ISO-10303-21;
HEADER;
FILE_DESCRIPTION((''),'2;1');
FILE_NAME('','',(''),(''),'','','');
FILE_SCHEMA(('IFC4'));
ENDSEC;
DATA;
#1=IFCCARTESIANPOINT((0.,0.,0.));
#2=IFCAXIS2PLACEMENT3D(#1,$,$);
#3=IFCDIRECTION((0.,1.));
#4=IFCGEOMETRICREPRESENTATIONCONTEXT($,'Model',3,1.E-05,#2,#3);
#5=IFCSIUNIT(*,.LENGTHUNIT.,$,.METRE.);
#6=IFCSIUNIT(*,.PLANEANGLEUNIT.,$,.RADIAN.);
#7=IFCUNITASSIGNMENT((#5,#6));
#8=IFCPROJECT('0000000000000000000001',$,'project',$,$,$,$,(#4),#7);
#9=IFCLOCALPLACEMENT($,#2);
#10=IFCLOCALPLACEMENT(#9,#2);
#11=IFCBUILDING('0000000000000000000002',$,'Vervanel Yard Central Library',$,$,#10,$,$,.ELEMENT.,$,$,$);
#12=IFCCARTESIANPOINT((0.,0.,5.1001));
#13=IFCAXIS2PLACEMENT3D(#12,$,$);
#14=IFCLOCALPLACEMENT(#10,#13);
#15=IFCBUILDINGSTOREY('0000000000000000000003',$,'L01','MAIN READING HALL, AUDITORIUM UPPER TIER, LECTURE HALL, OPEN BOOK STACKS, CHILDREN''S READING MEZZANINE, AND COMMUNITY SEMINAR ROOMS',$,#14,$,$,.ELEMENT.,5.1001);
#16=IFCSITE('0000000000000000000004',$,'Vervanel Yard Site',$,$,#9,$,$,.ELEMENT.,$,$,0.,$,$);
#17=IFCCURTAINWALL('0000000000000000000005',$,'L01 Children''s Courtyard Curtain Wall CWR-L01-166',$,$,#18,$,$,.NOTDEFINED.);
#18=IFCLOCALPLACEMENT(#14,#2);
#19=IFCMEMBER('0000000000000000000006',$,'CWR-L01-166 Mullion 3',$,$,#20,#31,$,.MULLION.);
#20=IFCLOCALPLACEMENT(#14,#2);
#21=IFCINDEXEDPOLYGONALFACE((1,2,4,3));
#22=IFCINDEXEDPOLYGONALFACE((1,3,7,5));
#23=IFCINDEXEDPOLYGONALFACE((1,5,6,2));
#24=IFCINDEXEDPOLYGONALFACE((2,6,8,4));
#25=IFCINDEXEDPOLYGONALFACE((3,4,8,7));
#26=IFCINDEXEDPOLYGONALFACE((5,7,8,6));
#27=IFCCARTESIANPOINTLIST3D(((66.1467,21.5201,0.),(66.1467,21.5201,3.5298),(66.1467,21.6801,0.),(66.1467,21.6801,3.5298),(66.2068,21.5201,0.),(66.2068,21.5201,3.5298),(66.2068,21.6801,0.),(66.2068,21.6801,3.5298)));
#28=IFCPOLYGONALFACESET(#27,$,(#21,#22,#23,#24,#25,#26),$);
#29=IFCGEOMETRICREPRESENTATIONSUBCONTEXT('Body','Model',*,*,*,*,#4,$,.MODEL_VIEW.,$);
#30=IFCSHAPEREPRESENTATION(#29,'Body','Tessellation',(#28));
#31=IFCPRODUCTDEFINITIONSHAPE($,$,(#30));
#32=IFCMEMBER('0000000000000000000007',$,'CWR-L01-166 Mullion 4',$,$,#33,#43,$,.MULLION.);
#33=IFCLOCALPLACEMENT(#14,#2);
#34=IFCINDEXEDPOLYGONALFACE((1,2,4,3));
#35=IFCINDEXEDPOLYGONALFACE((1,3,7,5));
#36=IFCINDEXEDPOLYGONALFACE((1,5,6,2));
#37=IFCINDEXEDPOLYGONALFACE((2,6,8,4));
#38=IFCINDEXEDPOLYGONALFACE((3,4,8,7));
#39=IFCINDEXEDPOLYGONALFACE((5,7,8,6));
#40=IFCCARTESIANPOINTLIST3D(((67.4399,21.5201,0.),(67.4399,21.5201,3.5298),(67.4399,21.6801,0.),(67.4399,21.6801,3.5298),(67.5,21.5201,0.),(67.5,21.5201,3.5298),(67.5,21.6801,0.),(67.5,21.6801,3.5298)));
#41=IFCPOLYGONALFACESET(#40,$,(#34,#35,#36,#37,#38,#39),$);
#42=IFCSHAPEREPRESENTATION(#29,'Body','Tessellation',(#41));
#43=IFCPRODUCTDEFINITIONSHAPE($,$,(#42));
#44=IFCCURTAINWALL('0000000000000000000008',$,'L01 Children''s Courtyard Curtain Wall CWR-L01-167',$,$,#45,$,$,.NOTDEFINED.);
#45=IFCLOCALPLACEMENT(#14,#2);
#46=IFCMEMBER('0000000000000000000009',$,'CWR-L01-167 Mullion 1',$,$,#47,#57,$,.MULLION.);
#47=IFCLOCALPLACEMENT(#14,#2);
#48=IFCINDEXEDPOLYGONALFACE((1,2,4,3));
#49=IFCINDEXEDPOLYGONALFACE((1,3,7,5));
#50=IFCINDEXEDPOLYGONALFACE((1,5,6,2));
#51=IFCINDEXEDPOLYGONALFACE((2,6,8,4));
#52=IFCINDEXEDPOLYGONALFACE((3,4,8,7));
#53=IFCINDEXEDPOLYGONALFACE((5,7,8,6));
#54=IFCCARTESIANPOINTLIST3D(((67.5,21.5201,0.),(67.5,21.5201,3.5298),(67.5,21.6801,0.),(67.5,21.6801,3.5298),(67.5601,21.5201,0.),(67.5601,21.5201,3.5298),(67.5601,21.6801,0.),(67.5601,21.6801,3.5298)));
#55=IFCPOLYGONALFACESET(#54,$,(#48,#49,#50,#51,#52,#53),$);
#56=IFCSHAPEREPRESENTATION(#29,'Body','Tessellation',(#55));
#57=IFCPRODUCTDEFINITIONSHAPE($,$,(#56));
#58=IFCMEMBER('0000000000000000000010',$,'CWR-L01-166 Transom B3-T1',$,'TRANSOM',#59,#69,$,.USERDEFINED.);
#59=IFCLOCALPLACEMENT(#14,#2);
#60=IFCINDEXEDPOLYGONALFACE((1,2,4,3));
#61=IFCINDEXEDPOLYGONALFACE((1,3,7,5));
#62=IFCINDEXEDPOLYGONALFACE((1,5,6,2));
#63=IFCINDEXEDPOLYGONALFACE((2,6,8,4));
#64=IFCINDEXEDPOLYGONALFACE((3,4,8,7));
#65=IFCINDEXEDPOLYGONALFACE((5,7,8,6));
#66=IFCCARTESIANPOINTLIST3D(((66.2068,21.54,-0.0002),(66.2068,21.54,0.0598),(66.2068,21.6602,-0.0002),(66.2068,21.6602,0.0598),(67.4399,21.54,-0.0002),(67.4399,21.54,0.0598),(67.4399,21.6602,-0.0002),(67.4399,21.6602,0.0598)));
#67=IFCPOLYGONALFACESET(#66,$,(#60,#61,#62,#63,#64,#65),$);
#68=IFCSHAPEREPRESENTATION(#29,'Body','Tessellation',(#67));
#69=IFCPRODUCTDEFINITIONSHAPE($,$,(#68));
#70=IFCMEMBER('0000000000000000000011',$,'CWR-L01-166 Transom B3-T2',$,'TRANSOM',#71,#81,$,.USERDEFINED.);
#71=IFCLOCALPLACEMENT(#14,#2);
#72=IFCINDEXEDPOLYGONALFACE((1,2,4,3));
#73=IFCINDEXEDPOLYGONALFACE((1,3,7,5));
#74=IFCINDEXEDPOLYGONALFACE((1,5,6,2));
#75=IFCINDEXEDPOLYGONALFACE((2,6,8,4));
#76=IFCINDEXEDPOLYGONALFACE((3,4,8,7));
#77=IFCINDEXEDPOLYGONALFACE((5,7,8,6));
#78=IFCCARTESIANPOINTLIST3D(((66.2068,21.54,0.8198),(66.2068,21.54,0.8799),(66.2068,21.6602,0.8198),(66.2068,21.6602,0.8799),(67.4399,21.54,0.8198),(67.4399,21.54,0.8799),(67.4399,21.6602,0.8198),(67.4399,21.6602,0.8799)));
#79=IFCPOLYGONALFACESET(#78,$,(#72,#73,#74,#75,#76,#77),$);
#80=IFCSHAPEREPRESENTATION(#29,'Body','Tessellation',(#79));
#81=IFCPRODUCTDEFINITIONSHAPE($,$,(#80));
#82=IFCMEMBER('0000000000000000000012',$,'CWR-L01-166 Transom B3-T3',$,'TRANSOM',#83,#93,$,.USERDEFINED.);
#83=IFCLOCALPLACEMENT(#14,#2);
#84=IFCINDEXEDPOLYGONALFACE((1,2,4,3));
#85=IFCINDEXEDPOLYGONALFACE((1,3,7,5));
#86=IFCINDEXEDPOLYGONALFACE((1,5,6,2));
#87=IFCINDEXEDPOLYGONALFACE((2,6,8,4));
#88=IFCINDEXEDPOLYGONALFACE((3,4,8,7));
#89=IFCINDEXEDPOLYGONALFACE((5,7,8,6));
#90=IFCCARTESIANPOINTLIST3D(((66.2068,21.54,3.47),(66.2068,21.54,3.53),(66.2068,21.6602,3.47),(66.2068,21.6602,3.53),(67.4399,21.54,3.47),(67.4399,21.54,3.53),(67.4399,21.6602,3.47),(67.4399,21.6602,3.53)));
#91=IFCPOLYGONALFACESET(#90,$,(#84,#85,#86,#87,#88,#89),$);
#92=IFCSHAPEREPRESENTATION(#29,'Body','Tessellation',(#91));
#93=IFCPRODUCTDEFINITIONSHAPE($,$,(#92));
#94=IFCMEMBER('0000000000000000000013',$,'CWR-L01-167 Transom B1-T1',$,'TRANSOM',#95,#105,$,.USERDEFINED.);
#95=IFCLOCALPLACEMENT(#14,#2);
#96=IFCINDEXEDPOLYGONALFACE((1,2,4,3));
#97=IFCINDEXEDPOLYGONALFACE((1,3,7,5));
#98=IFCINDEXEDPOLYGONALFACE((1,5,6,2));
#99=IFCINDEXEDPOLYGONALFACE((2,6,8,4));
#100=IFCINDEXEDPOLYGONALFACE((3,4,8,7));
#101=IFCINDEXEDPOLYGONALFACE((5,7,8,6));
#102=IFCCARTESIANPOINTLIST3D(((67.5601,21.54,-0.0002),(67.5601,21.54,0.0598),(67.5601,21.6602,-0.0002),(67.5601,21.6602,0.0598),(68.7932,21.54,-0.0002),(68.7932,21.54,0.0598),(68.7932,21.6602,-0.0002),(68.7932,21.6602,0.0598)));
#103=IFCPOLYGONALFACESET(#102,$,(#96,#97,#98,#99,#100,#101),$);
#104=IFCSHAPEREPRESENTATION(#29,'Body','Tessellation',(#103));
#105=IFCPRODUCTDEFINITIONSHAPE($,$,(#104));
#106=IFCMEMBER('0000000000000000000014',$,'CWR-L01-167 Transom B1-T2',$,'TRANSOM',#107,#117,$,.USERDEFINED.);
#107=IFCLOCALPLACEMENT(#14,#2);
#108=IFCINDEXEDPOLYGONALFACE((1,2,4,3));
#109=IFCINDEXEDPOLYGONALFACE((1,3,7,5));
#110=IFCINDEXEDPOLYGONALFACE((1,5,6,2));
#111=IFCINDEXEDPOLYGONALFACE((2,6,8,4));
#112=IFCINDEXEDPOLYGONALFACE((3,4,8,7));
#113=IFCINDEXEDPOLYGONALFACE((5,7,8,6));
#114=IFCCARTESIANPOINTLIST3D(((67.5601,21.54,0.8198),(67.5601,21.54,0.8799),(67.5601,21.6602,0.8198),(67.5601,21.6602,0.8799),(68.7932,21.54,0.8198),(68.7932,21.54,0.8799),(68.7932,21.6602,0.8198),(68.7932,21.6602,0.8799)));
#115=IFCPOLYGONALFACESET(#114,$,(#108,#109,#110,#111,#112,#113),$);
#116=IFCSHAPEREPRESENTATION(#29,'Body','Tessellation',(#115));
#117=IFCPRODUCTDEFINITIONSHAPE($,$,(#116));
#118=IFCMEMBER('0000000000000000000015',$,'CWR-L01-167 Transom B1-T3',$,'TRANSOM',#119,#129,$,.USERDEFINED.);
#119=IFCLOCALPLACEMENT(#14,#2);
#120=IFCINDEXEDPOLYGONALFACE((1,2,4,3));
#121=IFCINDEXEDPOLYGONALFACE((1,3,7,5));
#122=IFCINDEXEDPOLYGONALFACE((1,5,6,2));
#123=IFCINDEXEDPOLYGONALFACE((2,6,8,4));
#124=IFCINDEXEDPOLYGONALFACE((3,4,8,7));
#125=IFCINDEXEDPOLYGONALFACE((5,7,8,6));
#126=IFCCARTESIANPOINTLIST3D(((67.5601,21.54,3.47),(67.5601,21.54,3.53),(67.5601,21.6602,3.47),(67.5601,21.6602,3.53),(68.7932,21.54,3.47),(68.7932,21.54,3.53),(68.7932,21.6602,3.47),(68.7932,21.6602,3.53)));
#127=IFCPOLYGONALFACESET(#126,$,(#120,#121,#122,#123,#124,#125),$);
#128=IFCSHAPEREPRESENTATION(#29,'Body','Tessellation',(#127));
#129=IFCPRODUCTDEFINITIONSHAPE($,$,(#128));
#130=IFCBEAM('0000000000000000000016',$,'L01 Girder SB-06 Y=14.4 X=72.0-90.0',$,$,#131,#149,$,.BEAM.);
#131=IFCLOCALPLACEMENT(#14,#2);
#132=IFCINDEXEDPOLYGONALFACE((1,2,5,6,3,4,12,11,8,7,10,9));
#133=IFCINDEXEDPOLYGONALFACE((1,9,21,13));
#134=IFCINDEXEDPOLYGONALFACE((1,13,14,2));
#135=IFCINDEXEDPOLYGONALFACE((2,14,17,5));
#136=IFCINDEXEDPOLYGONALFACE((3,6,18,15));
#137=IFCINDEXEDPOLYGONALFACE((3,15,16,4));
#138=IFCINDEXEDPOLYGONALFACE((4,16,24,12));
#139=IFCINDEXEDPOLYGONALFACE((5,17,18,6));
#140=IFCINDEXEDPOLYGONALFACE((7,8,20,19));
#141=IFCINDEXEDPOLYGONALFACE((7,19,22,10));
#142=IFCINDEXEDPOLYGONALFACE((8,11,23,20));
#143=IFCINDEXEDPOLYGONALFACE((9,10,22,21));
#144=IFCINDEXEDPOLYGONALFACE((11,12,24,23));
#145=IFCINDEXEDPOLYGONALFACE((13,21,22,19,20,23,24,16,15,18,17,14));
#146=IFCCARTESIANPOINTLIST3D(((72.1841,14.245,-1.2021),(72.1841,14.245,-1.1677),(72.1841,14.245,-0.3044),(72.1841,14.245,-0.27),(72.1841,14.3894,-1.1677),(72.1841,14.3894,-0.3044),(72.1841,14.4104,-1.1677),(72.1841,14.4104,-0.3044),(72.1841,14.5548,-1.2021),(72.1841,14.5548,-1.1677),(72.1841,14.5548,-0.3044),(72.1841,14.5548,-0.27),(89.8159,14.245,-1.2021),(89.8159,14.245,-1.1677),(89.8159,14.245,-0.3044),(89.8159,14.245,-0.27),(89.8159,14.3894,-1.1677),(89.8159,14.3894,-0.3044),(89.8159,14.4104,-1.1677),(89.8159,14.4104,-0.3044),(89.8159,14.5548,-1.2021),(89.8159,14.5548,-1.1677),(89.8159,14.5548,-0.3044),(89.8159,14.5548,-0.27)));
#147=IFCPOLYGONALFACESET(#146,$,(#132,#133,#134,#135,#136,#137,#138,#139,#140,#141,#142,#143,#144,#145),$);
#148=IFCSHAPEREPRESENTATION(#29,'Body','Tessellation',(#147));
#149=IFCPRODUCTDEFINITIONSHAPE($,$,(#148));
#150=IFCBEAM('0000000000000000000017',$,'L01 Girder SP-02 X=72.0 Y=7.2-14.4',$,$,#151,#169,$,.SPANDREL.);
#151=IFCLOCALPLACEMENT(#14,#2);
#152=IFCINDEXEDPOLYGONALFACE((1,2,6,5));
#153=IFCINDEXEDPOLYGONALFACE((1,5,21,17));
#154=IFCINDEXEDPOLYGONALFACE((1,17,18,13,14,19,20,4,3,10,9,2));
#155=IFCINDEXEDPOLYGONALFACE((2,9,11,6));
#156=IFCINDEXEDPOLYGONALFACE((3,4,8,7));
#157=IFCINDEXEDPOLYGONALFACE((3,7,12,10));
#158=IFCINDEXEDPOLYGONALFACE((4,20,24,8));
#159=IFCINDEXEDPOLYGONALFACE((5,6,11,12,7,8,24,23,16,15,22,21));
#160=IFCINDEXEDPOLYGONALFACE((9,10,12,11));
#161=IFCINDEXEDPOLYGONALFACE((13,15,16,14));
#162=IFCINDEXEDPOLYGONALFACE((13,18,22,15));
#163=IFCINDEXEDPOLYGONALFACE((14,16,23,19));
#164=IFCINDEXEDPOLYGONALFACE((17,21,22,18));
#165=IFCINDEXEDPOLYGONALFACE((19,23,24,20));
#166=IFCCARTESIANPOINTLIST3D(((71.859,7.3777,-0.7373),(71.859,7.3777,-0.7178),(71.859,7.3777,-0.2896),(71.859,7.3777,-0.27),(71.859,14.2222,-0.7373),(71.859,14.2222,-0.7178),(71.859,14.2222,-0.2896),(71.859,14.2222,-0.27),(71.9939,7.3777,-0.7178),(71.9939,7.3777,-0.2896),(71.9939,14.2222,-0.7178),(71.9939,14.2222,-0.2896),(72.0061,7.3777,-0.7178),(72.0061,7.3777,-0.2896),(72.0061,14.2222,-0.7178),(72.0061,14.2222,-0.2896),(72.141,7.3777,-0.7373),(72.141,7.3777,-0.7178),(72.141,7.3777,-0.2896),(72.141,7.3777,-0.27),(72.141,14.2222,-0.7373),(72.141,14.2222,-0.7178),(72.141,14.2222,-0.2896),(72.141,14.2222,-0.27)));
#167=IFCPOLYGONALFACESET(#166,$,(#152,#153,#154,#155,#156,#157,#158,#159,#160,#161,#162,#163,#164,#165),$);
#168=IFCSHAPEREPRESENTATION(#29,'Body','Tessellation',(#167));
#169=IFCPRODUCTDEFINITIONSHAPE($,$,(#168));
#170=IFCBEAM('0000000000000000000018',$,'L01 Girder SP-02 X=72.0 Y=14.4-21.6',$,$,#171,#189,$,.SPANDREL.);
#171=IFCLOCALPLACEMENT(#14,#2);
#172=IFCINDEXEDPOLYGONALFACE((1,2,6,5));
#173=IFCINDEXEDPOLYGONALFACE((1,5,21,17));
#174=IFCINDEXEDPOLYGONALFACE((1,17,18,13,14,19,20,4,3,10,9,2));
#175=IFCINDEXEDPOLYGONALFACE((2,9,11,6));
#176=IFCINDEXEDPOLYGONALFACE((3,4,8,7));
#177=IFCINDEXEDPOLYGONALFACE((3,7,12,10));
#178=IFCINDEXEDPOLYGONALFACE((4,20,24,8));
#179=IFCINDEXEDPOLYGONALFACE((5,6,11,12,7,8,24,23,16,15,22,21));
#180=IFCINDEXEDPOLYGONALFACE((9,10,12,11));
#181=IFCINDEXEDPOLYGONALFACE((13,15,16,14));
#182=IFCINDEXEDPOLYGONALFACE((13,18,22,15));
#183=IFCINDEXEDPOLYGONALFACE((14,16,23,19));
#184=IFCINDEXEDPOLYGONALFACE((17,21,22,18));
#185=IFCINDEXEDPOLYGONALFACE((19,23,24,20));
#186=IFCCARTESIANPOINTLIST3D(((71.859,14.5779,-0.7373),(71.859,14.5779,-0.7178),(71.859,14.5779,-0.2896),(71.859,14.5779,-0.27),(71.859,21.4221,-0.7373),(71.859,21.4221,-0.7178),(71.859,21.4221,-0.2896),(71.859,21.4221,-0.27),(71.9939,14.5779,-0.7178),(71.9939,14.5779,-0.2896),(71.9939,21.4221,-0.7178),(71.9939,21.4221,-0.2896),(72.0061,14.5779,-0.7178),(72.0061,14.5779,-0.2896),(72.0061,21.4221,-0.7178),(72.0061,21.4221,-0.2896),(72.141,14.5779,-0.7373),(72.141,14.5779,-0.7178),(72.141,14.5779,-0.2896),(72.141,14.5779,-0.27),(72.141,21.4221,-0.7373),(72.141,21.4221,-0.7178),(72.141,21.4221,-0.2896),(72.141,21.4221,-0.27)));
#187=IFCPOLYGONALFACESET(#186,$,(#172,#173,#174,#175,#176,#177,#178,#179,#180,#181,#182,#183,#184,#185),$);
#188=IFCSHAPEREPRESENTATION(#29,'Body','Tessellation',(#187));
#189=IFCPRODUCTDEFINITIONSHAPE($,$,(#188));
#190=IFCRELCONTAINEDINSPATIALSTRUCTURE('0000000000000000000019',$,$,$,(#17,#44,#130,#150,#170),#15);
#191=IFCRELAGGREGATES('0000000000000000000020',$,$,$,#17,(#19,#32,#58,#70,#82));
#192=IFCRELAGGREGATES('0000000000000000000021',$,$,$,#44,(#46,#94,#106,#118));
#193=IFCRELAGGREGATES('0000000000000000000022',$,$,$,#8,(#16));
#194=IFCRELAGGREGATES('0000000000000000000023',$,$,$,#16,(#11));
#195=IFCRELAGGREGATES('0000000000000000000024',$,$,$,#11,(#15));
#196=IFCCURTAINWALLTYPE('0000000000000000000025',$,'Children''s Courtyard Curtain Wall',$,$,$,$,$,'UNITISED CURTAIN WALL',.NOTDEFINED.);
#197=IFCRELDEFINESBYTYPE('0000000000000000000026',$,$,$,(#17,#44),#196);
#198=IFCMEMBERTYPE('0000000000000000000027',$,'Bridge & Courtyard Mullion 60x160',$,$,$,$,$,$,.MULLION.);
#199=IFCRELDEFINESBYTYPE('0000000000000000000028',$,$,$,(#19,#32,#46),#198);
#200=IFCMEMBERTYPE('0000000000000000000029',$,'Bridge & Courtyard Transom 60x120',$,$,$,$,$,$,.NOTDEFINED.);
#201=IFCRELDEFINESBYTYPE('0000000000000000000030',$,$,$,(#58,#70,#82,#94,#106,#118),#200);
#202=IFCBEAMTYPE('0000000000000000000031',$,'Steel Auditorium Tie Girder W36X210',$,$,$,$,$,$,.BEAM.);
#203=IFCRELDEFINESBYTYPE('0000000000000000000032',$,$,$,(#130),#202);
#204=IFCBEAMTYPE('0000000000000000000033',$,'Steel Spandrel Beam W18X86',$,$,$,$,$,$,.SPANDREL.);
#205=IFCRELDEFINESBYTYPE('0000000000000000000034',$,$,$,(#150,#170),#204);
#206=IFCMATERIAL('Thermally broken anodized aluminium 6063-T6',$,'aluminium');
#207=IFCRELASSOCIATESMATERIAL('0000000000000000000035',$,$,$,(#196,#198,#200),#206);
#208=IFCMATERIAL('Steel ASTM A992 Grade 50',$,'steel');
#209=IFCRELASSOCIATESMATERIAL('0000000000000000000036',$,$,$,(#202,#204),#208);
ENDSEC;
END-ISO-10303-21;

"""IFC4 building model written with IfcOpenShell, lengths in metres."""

from ifc_helpers import new_model, si_unit, direction, frame, origin, origin_2d, place, context, subcontext, project, spatial, rectangle, i_section, extrude, material, material_profile, profile_set, type_object, element, aggregate, save


model = new_model("IFC4")

# Units and contexts
model_context = context("Model", 3, precision=1e-05, world=origin(), true_north=direction((0.0, 1.0)))
body_context = subcontext(model_context, "Body", "Model", "MODEL_VIEW")
ifc_project = project(units=[si_unit("LENGTHUNIT", "METRE"), si_unit("PLANEANGLEUNIT", "RADIAN")], contexts=[model_context])

# Site, building, storey
site_placement = place(None, origin())
site = spatial("IfcSite", under=ifc_project, at=site_placement, Name="Vervanel Yard Site", CompositionType="ELEMENT", RefElevation=0.0)
building_placement = place(site_placement, origin())
building = spatial("IfcBuilding", under=site, at=building_placement, Name="Vervanel Yard Central Library", CompositionType="ELEMENT")
storey_placement = place(building_placement, frame((0.0, 0.0, 5.1001)))
storey = spatial("IfcBuildingStorey", under=building, at=storey_placement, Name="L01", Description="MAIN READING HALL, AUDITORIUM UPPER TIER, LECTURE HALL, OPEN BOOK STACKS, CHILDREN'S READING MEZZANINE, AND COMMUNITY SEMINAR ROOMS", CompositionType="ELEMENT", Elevation=5.1001)

# Curtain wall, members
ifc_material_1 = material(Name="Thermally broken anodized aluminium 6063-T6", Category="aluminium")
curtain_wall_type = type_object("IfcCurtainWallType", Name="Children's Courtyard Curtain Wall", ElementType="UNITISED CURTAIN WALL", PredefinedType="NOTDEFINED", material=ifc_material_1)
curtain_wall_1_placement = place(storey_placement, origin())
curtain_wall_1 = element("IfcCurtainWall", 1, at=curtain_wall_1_placement, inside=storey, type_object=curtain_wall_type, Name="L01 Children's Courtyard Curtain Wall CWR-L01-166", PredefinedType="NOTDEFINED")
ifc_material_profile_1 = material_profile(ifc_material_1, rectangle(XDim=0.0601, YDim=0.1599, at=origin_2d()), Name="ALU 60x160", Category="aluminium")
ifc_profile_set_1 = profile_set([ifc_material_profile_1], Name="Thermally broken anodized aluminium 6063-T6")
member_type_1 = type_object("IfcMemberType", Name="Bridge & Courtyard Mullion 60x160", PredefinedType="MULLION", material=ifc_profile_set_1)
member_1_placement = place(storey_placement, frame((66.1768, 21.6001, 0.0), z_axis=(0.0, 0.0, 1.0), x_axis=(1.0, 0.0, 0.0)))
member_1 = element("IfcMember", 2, at=member_1_placement, type_object=member_type_1, Name="CWR-L01-166 Mullion 3", PredefinedType="MULLION", context=body_context, shape_type="SweptSolid", body=[
    extrude(rectangle(XDim=0.0601, YDim=0.1599, at=origin_2d()), origin(), (0.0, 0.0, 1.0), 3.5298),
])
member_2_placement = place(storey_placement, frame((67.47, 21.6001, 0.0), z_axis=(0.0, 0.0, 1.0), x_axis=(1.0, 0.0, 0.0)))
member_2 = element("IfcMember", 3, at=member_2_placement, type_object=member_type_1, Name="CWR-L01-166 Mullion 4", PredefinedType="MULLION", context=body_context, shape_type="SweptSolid", body=[
    extrude(rectangle(XDim=0.0601, YDim=0.1599, at=origin_2d()), origin(), (0.0, 0.0, 1.0), 3.5298),
])

# Curtain wall, member
curtain_wall_2_placement = place(storey_placement, origin())
curtain_wall_2 = element("IfcCurtainWall", 4, at=curtain_wall_2_placement, inside=storey, type_object=curtain_wall_type, Name="L01 Children's Courtyard Curtain Wall CWR-L01-167", PredefinedType="NOTDEFINED")
member_3_placement = place(storey_placement, frame((67.53, 21.6001, 0.0), z_axis=(0.0, 0.0, 1.0), x_axis=(1.0, 0.0, 0.0)))
member_3 = element("IfcMember", 5, at=member_3_placement, type_object=member_type_1, Name="CWR-L01-167 Mullion 1", PredefinedType="MULLION", context=body_context, shape_type="SweptSolid", body=[
    extrude(rectangle(XDim=0.0601, YDim=0.1599, at=origin_2d()), origin(), (0.0, 0.0, 1.0), 3.5298),
])

# Members
ifc_material_profile_2 = material_profile(ifc_material_1, rectangle(XDim=0.0601, YDim=0.1201, at=origin_2d()), Name="ALU 60x120", Category="aluminium")
ifc_profile_set_2 = profile_set([ifc_material_profile_2], Name="Thermally broken anodized aluminium 6063-T6")
member_type_2 = type_object("IfcMemberType", Name="Bridge & Courtyard Transom 60x120", PredefinedType="NOTDEFINED", material=ifc_profile_set_2)
member_4_placement = place(storey_placement, frame((66.2068, 21.6001, 0.0298), z_axis=(1.0, 0.0, 0.0), x_axis=(0.0, 0.0, 1.0)))
member_4 = element("IfcMember", 6, at=member_4_placement, type_object=member_type_2, Name="CWR-L01-166 Transom B3-T1", ObjectType="TRANSOM", PredefinedType="USERDEFINED", context=body_context, shape_type="SweptSolid", body=[
    extrude(rectangle(XDim=0.0601, YDim=0.1201, at=origin_2d()), origin(), (0.0, 0.0, 1.0), 1.2332),
])
member_5_placement = place(storey_placement, frame((66.2068, 21.6001, 0.8499), z_axis=(1.0, 0.0, 0.0), x_axis=(0.0, 0.0, 1.0)))
member_5 = element("IfcMember", 7, at=member_5_placement, type_object=member_type_2, Name="CWR-L01-166 Transom B3-T2", ObjectType="TRANSOM", PredefinedType="USERDEFINED", context=body_context, shape_type="SweptSolid", body=[
    extrude(rectangle(XDim=0.0601, YDim=0.1201, at=origin_2d()), origin(), (0.0, 0.0, 1.0), 1.2332),
])
member_6_placement = place(storey_placement, frame((66.2068, 21.6001, 3.5), z_axis=(1.0, 0.0, 0.0), x_axis=(0.0, 0.0, 1.0)))
member_6 = element("IfcMember", 8, at=member_6_placement, type_object=member_type_2, Name="CWR-L01-166 Transom B3-T3", ObjectType="TRANSOM", PredefinedType="USERDEFINED", context=body_context, shape_type="SweptSolid", body=[
    extrude(rectangle(XDim=0.0601, YDim=0.1201, at=origin_2d()), origin(), (0.0, 0.0, 1.0), 1.2332),
])
member_7_placement = place(storey_placement, frame((67.5601, 21.6001, 0.0298), z_axis=(1.0, 0.0, 0.0), x_axis=(0.0, 0.0, 1.0)))
member_7 = element("IfcMember", 9, at=member_7_placement, type_object=member_type_2, Name="CWR-L01-167 Transom B1-T1", ObjectType="TRANSOM", PredefinedType="USERDEFINED", context=body_context, shape_type="SweptSolid", body=[
    extrude(rectangle(XDim=0.0601, YDim=0.1201, at=origin_2d()), origin(), (0.0, 0.0, 1.0), 1.2332),
])
member_8_placement = place(storey_placement, frame((67.5601, 21.6001, 0.8499), z_axis=(1.0, 0.0, 0.0), x_axis=(0.0, 0.0, 1.0)))
member_8 = element("IfcMember", 10, at=member_8_placement, type_object=member_type_2, Name="CWR-L01-167 Transom B1-T2", ObjectType="TRANSOM", PredefinedType="USERDEFINED", context=body_context, shape_type="SweptSolid", body=[
    extrude(rectangle(XDim=0.0601, YDim=0.1201, at=origin_2d()), origin(), (0.0, 0.0, 1.0), 1.2332),
])
member_9_placement = place(storey_placement, frame((67.5601, 21.6001, 3.5), z_axis=(1.0, 0.0, 0.0), x_axis=(0.0, 0.0, 1.0)))
member_9 = element("IfcMember", 11, at=member_9_placement, type_object=member_type_2, Name="CWR-L01-167 Transom B1-T3", ObjectType="TRANSOM", PredefinedType="USERDEFINED", context=body_context, shape_type="SweptSolid", body=[
    extrude(rectangle(XDim=0.0601, YDim=0.1201, at=origin_2d()), origin(), (0.0, 0.0, 1.0), 1.2332),
])

# Beams
ifc_material_2 = material(Name="Steel ASTM A992 Grade 50", Category="steel")
ifc_material_profile_3 = material_profile(ifc_material_2, i_section(OverallWidth=0.3098, OverallDepth=0.9321, WebThickness=0.021, FlangeThickness=0.0344, at=origin_2d()), Name="W36X210", Category="steel")
ifc_profile_set_3 = profile_set([ifc_material_profile_3], Name="Steel ASTM A992 Grade 50")
beam_type_1 = type_object("IfcBeamType", Name="Steel Auditorium Tie Girder W36X210", PredefinedType="BEAM", material=ifc_profile_set_3)
beam_1_placement = place(storey_placement, frame((72.1841, 14.3999, -0.7361), z_axis=(1.0, 0.0, 0.0), x_axis=(0.0, 1.0, 0.0)))
element("IfcBeam", 12, at=beam_1_placement, inside=storey, type_object=beam_type_1, Name="L01 Girder SB-06 Y=14.4 X=72.0-90.0", PredefinedType="BEAM", context=body_context, shape_type="SweptSolid", body=[
    extrude(i_section(OverallWidth=0.3098, OverallDepth=0.9321, WebThickness=0.021, FlangeThickness=0.0344, at=origin_2d()), origin(), (0.0, 0.0, 1.0), 17.6318),
])
ifc_material_profile_4 = material_profile(ifc_material_2, i_section(OverallWidth=0.282, OverallDepth=0.4673, WebThickness=0.0122, FlangeThickness=0.0195, at=origin_2d()), Name="W18X86", Category="steel")
ifc_profile_set_4 = profile_set([ifc_material_profile_4], Name="Steel ASTM A992 Grade 50")
beam_type_2 = type_object("IfcBeamType", Name="Steel Spandrel Beam W18X86", PredefinedType="SPANDREL", material=ifc_profile_set_4)
beam_2_placement = place(storey_placement, frame((72.0, 7.3777, -0.5037), z_axis=(0.0, 1.0, 0.0), x_axis=(-1.0, 0.0, 0.0)))
element("IfcBeam", 13, at=beam_2_placement, inside=storey, type_object=beam_type_2, Name="L01 Girder SP-02 X=72.0 Y=7.2-14.4", PredefinedType="SPANDREL", context=body_context, shape_type="SweptSolid", body=[
    extrude(i_section(OverallWidth=0.282, OverallDepth=0.4673, WebThickness=0.0122, FlangeThickness=0.0195, at=origin_2d()), origin(), (0.0, 0.0, 1.0), 6.8445),
])
beam_3_placement = place(storey_placement, frame((72.0, 14.5779, -0.5037), z_axis=(0.0, 1.0, 0.0), x_axis=(-1.0, 0.0, 0.0)))
element("IfcBeam", 14, at=beam_3_placement, inside=storey, type_object=beam_type_2, Name="L01 Girder SP-02 X=72.0 Y=14.4-21.6", PredefinedType="SPANDREL", context=body_context, shape_type="SweptSolid", body=[
    extrude(i_section(OverallWidth=0.282, OverallDepth=0.4673, WebThickness=0.0122, FlangeThickness=0.0195, at=origin_2d()), origin(), (0.0, 0.0, 1.0), 6.8442),
])

aggregate(curtain_wall_1, [member_1, member_2, member_4, member_5, member_6])
aggregate(curtain_wall_2, [member_3, member_7, member_8, member_9])

save(model, "model.ifc")
